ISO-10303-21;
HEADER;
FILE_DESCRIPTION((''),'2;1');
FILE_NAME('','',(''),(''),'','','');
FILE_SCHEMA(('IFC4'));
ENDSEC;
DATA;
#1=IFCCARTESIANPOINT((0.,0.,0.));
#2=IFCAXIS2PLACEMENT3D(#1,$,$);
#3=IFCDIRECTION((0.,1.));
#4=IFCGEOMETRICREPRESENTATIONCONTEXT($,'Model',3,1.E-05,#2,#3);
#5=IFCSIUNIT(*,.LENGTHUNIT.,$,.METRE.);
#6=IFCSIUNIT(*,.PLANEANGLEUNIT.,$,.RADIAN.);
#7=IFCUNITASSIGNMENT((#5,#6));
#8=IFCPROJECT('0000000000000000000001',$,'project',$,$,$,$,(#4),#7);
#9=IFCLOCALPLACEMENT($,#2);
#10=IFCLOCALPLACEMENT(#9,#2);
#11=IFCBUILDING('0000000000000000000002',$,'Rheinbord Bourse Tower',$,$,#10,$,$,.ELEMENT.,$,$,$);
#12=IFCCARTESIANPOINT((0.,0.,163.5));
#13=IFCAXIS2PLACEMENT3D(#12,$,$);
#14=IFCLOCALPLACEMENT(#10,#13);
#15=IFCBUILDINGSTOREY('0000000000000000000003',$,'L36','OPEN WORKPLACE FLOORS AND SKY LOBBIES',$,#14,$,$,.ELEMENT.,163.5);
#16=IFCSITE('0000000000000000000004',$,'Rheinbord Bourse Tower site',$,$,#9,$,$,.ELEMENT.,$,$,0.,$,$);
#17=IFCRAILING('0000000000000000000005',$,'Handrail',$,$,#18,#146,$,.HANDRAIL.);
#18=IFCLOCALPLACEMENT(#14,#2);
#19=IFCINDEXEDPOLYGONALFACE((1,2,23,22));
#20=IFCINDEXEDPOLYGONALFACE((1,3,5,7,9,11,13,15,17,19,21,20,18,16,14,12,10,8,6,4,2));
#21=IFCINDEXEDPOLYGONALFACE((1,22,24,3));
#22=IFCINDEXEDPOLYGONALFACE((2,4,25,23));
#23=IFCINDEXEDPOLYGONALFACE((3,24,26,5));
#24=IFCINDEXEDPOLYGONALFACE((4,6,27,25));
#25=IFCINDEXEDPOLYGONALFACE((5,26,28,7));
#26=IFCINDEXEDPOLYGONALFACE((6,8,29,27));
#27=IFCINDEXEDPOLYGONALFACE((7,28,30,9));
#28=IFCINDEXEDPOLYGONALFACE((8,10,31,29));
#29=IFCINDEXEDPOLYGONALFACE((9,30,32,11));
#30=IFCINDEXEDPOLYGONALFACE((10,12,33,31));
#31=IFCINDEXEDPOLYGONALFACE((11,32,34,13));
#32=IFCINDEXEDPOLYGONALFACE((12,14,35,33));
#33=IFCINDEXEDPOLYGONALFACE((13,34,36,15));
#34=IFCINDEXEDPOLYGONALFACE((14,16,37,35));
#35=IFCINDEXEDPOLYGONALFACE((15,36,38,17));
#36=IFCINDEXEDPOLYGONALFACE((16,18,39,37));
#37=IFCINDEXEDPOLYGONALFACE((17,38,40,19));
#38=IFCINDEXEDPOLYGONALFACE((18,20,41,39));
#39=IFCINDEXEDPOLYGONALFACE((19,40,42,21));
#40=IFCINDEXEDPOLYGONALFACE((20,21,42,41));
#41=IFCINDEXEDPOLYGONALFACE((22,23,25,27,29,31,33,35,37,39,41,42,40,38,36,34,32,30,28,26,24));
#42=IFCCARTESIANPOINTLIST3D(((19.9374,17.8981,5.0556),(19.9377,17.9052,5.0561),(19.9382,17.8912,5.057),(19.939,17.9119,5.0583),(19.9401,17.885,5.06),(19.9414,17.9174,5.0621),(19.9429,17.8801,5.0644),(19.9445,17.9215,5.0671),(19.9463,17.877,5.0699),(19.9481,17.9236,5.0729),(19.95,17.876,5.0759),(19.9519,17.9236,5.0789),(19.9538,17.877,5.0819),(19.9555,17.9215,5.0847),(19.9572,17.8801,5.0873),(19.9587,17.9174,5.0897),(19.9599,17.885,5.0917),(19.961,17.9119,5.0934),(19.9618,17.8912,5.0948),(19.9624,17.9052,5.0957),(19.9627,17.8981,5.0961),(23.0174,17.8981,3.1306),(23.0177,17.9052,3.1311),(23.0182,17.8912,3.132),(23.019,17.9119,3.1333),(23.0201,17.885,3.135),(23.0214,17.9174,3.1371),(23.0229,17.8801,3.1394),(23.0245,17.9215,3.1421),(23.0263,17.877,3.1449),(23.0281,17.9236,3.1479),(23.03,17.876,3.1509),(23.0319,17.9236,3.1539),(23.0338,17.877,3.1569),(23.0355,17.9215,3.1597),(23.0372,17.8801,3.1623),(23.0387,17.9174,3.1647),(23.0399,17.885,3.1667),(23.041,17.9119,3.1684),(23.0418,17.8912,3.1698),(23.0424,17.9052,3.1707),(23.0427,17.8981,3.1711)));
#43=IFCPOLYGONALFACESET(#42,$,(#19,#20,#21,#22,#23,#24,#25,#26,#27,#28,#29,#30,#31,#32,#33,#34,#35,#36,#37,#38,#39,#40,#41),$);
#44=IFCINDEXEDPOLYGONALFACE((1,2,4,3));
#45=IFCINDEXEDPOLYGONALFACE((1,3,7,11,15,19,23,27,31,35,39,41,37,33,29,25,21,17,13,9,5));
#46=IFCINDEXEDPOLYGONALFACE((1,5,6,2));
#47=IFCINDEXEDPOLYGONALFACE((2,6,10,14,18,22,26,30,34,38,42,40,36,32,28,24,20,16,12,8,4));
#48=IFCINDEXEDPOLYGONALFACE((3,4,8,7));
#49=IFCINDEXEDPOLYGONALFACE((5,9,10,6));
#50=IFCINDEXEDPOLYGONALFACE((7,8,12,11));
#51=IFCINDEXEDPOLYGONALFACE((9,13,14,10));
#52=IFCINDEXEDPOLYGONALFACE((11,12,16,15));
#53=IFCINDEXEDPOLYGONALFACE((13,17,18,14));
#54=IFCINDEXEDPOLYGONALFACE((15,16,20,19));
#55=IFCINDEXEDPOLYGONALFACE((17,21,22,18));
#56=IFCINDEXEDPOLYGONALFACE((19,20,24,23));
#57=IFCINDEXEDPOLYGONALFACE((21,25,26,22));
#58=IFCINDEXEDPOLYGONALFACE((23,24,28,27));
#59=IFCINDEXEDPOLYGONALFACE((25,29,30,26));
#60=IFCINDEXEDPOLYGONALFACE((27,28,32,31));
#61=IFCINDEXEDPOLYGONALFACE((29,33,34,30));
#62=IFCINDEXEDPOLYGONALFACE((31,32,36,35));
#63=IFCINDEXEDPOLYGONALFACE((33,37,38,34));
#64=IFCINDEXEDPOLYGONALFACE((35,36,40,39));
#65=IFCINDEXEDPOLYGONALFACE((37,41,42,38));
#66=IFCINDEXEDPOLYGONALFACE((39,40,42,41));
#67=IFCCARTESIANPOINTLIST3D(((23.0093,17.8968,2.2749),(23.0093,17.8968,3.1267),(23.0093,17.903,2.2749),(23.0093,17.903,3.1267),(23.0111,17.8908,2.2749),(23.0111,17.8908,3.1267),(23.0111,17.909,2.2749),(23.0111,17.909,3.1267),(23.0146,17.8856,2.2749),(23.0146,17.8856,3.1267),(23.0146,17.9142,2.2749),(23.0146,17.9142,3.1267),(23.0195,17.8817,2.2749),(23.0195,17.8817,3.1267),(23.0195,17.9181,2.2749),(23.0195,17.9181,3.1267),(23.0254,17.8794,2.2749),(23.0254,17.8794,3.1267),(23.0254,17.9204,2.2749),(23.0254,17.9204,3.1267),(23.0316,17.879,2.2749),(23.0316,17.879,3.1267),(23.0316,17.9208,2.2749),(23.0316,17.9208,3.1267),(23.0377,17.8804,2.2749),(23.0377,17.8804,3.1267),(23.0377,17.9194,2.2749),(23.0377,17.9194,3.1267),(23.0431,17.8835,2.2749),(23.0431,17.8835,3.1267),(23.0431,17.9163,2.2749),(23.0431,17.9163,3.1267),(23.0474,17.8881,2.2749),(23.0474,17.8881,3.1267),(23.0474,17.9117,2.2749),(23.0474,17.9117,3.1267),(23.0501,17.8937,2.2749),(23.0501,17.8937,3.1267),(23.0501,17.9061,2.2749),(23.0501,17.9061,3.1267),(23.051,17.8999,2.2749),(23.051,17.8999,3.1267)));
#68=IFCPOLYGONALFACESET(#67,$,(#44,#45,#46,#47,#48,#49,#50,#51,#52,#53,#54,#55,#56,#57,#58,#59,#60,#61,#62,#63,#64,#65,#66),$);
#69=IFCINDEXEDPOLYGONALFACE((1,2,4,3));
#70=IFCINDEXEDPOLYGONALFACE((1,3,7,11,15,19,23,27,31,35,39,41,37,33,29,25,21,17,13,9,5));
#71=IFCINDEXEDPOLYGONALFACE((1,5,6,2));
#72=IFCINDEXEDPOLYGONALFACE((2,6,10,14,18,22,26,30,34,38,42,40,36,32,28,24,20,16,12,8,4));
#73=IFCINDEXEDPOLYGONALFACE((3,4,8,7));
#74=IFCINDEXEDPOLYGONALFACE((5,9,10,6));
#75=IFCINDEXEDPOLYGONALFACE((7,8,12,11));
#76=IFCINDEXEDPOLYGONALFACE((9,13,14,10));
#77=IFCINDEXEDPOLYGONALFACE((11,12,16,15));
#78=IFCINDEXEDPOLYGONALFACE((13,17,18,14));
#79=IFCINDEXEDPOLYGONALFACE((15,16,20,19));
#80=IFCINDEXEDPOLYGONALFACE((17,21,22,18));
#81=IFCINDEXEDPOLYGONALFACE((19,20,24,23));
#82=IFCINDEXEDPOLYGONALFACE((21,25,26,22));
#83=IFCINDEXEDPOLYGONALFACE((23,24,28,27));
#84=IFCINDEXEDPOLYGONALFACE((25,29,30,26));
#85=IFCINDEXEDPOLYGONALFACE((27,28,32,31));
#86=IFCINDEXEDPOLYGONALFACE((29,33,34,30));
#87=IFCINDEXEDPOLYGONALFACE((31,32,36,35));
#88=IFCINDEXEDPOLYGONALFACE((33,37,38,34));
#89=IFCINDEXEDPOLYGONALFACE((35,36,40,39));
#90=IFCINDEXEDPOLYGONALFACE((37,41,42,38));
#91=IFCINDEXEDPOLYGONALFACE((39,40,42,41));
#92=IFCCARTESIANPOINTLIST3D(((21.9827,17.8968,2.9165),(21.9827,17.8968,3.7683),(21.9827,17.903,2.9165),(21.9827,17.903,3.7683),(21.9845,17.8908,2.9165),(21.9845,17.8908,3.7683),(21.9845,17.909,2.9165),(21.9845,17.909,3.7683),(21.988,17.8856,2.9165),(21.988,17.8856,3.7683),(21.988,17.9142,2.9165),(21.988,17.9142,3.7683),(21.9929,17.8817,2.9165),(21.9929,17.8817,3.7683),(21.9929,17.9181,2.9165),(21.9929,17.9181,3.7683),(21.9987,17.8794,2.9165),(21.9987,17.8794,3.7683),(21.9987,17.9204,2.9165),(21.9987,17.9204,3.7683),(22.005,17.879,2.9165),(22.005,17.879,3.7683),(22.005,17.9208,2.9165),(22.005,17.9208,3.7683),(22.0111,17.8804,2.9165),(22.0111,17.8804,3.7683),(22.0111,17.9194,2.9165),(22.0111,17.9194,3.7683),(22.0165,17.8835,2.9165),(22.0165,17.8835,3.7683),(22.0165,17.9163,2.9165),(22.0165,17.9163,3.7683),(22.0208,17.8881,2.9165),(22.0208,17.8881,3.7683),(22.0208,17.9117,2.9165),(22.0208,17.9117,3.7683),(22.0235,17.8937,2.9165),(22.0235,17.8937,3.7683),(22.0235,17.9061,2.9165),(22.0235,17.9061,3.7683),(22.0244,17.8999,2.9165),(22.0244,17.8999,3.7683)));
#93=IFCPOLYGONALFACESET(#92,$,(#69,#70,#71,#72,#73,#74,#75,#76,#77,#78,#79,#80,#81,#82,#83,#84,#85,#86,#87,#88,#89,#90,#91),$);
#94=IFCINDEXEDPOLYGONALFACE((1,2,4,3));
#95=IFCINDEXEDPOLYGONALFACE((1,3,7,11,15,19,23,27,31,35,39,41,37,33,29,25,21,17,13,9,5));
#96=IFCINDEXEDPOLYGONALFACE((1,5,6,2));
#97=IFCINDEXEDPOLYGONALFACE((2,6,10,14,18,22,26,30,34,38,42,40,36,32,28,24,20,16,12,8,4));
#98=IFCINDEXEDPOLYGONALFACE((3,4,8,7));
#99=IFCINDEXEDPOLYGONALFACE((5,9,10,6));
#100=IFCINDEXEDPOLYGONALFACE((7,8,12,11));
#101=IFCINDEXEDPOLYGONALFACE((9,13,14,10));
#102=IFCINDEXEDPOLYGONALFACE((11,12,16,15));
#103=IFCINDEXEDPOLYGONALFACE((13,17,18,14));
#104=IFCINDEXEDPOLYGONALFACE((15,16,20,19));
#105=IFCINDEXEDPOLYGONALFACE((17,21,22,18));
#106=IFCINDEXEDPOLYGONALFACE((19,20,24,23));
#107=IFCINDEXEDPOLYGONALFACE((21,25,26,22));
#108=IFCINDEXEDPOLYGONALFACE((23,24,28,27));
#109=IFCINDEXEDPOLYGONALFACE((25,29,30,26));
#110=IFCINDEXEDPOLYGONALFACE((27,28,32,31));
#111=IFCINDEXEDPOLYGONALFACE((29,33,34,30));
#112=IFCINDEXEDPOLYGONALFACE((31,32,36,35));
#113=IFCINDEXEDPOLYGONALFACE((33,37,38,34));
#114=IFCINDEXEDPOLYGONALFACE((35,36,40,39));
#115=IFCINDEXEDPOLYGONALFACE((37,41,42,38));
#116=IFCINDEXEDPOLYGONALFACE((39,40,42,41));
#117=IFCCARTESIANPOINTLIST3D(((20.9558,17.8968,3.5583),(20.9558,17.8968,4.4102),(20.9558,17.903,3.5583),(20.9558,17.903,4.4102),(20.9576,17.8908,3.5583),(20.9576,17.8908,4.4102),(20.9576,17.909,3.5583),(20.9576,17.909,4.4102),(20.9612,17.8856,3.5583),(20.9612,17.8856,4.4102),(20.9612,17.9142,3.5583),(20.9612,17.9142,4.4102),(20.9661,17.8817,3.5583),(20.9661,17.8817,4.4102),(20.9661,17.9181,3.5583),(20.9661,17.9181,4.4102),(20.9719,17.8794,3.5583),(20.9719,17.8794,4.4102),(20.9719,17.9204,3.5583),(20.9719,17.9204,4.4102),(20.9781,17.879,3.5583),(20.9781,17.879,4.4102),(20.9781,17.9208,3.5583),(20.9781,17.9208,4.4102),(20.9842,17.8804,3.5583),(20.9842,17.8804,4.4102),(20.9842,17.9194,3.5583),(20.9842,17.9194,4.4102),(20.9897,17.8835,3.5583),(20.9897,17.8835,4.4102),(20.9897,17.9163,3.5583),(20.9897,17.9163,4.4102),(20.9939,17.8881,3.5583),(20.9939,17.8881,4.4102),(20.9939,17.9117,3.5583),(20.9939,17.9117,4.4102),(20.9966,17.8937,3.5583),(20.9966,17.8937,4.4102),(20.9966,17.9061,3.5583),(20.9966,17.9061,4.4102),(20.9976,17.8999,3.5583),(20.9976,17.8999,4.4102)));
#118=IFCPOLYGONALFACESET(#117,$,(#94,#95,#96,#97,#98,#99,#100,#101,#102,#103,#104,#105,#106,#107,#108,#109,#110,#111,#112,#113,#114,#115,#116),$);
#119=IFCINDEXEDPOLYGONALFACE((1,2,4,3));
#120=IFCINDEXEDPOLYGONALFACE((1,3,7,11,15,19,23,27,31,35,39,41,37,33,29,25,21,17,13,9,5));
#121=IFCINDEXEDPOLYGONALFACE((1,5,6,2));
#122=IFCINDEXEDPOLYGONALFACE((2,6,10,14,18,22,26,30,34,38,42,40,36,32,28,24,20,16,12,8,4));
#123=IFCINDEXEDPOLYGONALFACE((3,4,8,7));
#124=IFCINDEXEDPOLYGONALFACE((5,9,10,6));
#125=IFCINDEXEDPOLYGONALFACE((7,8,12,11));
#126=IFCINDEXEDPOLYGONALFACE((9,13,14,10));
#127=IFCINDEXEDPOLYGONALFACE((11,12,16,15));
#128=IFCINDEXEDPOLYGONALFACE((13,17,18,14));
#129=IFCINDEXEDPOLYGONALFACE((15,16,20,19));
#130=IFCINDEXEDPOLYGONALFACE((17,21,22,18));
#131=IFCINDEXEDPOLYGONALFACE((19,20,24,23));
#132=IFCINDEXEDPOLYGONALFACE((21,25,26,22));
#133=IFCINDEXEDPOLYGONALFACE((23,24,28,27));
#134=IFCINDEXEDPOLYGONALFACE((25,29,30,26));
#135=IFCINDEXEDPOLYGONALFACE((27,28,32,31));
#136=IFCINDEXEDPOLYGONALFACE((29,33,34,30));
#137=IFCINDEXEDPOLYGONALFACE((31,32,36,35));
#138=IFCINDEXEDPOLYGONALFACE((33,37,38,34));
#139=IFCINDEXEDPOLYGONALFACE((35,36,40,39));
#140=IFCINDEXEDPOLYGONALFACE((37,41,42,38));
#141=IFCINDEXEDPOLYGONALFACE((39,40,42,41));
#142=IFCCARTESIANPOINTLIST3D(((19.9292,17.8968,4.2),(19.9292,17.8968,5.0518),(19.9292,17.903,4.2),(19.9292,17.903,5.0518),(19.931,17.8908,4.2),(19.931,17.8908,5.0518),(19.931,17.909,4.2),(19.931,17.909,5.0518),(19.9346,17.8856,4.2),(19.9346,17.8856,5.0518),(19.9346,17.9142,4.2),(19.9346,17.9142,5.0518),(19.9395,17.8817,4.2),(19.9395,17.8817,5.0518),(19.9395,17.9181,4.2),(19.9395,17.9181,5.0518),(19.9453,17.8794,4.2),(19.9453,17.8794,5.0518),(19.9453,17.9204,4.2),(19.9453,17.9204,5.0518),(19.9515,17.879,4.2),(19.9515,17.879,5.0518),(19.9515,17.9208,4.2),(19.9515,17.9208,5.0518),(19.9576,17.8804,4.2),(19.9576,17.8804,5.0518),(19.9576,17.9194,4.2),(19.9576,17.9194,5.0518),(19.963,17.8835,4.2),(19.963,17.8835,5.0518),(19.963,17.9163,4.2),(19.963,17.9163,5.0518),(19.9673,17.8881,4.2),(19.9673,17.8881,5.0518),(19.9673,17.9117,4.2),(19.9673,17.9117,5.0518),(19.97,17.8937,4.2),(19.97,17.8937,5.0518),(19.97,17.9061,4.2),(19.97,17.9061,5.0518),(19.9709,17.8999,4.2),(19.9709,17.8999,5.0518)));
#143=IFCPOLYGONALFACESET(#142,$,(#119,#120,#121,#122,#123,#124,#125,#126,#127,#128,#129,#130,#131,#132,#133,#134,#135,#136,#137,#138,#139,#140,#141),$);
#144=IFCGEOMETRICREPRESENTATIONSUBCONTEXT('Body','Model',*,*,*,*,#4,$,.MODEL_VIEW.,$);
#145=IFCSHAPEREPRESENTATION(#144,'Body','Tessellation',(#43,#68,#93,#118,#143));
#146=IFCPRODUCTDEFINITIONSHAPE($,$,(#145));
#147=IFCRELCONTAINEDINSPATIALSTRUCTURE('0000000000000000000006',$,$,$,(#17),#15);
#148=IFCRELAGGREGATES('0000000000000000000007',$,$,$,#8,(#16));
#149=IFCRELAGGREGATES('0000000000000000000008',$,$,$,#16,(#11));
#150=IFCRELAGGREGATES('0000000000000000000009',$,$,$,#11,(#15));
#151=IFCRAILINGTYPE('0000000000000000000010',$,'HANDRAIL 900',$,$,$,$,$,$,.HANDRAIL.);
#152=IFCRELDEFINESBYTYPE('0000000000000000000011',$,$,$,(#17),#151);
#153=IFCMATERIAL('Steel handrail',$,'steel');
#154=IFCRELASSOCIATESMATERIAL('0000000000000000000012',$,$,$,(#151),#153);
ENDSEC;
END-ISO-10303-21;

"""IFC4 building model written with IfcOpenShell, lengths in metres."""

from ifc_helpers import new_model, si_unit, direction, frame, origin, origin_2d, place, context, subcontext, project, spatial, circle, extrude, material, type_object, element, save


model = new_model("IFC4")

# Units and contexts
model_context = context("Model", 3, precision=1e-05, world=origin(), true_north=direction((0.0, 1.0)))
body_context = subcontext(model_context, "Body", "Model", "MODEL_VIEW")
ifc_project = project(units=[si_unit("LENGTHUNIT", "METRE"), si_unit("PLANEANGLEUNIT", "RADIAN")], contexts=[model_context])

# Site, building, storey
site_placement = place(None, origin())
site = spatial("IfcSite", under=ifc_project, at=site_placement, Name="Rheinbord Bourse Tower site", CompositionType="ELEMENT", RefElevation=0.0)
building_placement = place(site_placement, origin())
building = spatial("IfcBuilding", under=site, at=building_placement, Name="Rheinbord Bourse Tower", CompositionType="ELEMENT")
storey_placement = place(building_placement, frame((0.0, 0.0, 163.5)))
storey = spatial("IfcBuildingStorey", under=building, at=storey_placement, Name="L36", Description="OPEN WORKPLACE FLOORS AND SKY LOBBIES", CompositionType="ELEMENT", Elevation=163.5)

# Railing
ifc_material_1 = material(Name="Steel handrail", Category="steel")
railing_type = type_object("IfcRailingType", Name="HANDRAIL 900", PredefinedType="HANDRAIL", material=ifc_material_1)
railing_1_placement = place(storey_placement, frame((23.03, 17.8999, 2.2749)))
element("IfcRailing", 1, at=railing_1_placement, inside=storey, type_object=railing_type, Name="Handrail", PredefinedType="HANDRAIL", context=body_context, shape_type="SweptSolid", body=[
    extrude(circle(Radius=0.0239, at=origin_2d()), frame((0.0, 0.0, 0.876), z_axis=(-0.847998, 0.0, 0.529999), x_axis=(0.0, -1.0, 0.0)), (0.0, 0.0, 1.0), 3.6321),
    extrude(circle(Radius=0.021, at=origin_2d()), origin(), (0.0, 0.0, 1.0), 0.8518),
    extrude(circle(Radius=0.021, at=origin_2d()), frame((-1.0266, 0.0, 0.6416)), (0.0, 0.0, 1.0), 0.8518),
    extrude(circle(Radius=0.021, at=origin_2d()), frame((-2.0535, 0.0, 1.2834)), (0.0, 0.0, 1.0), 0.8518),
    extrude(circle(Radius=0.021, at=origin_2d()), frame((-3.0801, 0.0, 1.925)), (0.0, 0.0, 1.0), 0.8518),
])

save(model, "model.ifc")
